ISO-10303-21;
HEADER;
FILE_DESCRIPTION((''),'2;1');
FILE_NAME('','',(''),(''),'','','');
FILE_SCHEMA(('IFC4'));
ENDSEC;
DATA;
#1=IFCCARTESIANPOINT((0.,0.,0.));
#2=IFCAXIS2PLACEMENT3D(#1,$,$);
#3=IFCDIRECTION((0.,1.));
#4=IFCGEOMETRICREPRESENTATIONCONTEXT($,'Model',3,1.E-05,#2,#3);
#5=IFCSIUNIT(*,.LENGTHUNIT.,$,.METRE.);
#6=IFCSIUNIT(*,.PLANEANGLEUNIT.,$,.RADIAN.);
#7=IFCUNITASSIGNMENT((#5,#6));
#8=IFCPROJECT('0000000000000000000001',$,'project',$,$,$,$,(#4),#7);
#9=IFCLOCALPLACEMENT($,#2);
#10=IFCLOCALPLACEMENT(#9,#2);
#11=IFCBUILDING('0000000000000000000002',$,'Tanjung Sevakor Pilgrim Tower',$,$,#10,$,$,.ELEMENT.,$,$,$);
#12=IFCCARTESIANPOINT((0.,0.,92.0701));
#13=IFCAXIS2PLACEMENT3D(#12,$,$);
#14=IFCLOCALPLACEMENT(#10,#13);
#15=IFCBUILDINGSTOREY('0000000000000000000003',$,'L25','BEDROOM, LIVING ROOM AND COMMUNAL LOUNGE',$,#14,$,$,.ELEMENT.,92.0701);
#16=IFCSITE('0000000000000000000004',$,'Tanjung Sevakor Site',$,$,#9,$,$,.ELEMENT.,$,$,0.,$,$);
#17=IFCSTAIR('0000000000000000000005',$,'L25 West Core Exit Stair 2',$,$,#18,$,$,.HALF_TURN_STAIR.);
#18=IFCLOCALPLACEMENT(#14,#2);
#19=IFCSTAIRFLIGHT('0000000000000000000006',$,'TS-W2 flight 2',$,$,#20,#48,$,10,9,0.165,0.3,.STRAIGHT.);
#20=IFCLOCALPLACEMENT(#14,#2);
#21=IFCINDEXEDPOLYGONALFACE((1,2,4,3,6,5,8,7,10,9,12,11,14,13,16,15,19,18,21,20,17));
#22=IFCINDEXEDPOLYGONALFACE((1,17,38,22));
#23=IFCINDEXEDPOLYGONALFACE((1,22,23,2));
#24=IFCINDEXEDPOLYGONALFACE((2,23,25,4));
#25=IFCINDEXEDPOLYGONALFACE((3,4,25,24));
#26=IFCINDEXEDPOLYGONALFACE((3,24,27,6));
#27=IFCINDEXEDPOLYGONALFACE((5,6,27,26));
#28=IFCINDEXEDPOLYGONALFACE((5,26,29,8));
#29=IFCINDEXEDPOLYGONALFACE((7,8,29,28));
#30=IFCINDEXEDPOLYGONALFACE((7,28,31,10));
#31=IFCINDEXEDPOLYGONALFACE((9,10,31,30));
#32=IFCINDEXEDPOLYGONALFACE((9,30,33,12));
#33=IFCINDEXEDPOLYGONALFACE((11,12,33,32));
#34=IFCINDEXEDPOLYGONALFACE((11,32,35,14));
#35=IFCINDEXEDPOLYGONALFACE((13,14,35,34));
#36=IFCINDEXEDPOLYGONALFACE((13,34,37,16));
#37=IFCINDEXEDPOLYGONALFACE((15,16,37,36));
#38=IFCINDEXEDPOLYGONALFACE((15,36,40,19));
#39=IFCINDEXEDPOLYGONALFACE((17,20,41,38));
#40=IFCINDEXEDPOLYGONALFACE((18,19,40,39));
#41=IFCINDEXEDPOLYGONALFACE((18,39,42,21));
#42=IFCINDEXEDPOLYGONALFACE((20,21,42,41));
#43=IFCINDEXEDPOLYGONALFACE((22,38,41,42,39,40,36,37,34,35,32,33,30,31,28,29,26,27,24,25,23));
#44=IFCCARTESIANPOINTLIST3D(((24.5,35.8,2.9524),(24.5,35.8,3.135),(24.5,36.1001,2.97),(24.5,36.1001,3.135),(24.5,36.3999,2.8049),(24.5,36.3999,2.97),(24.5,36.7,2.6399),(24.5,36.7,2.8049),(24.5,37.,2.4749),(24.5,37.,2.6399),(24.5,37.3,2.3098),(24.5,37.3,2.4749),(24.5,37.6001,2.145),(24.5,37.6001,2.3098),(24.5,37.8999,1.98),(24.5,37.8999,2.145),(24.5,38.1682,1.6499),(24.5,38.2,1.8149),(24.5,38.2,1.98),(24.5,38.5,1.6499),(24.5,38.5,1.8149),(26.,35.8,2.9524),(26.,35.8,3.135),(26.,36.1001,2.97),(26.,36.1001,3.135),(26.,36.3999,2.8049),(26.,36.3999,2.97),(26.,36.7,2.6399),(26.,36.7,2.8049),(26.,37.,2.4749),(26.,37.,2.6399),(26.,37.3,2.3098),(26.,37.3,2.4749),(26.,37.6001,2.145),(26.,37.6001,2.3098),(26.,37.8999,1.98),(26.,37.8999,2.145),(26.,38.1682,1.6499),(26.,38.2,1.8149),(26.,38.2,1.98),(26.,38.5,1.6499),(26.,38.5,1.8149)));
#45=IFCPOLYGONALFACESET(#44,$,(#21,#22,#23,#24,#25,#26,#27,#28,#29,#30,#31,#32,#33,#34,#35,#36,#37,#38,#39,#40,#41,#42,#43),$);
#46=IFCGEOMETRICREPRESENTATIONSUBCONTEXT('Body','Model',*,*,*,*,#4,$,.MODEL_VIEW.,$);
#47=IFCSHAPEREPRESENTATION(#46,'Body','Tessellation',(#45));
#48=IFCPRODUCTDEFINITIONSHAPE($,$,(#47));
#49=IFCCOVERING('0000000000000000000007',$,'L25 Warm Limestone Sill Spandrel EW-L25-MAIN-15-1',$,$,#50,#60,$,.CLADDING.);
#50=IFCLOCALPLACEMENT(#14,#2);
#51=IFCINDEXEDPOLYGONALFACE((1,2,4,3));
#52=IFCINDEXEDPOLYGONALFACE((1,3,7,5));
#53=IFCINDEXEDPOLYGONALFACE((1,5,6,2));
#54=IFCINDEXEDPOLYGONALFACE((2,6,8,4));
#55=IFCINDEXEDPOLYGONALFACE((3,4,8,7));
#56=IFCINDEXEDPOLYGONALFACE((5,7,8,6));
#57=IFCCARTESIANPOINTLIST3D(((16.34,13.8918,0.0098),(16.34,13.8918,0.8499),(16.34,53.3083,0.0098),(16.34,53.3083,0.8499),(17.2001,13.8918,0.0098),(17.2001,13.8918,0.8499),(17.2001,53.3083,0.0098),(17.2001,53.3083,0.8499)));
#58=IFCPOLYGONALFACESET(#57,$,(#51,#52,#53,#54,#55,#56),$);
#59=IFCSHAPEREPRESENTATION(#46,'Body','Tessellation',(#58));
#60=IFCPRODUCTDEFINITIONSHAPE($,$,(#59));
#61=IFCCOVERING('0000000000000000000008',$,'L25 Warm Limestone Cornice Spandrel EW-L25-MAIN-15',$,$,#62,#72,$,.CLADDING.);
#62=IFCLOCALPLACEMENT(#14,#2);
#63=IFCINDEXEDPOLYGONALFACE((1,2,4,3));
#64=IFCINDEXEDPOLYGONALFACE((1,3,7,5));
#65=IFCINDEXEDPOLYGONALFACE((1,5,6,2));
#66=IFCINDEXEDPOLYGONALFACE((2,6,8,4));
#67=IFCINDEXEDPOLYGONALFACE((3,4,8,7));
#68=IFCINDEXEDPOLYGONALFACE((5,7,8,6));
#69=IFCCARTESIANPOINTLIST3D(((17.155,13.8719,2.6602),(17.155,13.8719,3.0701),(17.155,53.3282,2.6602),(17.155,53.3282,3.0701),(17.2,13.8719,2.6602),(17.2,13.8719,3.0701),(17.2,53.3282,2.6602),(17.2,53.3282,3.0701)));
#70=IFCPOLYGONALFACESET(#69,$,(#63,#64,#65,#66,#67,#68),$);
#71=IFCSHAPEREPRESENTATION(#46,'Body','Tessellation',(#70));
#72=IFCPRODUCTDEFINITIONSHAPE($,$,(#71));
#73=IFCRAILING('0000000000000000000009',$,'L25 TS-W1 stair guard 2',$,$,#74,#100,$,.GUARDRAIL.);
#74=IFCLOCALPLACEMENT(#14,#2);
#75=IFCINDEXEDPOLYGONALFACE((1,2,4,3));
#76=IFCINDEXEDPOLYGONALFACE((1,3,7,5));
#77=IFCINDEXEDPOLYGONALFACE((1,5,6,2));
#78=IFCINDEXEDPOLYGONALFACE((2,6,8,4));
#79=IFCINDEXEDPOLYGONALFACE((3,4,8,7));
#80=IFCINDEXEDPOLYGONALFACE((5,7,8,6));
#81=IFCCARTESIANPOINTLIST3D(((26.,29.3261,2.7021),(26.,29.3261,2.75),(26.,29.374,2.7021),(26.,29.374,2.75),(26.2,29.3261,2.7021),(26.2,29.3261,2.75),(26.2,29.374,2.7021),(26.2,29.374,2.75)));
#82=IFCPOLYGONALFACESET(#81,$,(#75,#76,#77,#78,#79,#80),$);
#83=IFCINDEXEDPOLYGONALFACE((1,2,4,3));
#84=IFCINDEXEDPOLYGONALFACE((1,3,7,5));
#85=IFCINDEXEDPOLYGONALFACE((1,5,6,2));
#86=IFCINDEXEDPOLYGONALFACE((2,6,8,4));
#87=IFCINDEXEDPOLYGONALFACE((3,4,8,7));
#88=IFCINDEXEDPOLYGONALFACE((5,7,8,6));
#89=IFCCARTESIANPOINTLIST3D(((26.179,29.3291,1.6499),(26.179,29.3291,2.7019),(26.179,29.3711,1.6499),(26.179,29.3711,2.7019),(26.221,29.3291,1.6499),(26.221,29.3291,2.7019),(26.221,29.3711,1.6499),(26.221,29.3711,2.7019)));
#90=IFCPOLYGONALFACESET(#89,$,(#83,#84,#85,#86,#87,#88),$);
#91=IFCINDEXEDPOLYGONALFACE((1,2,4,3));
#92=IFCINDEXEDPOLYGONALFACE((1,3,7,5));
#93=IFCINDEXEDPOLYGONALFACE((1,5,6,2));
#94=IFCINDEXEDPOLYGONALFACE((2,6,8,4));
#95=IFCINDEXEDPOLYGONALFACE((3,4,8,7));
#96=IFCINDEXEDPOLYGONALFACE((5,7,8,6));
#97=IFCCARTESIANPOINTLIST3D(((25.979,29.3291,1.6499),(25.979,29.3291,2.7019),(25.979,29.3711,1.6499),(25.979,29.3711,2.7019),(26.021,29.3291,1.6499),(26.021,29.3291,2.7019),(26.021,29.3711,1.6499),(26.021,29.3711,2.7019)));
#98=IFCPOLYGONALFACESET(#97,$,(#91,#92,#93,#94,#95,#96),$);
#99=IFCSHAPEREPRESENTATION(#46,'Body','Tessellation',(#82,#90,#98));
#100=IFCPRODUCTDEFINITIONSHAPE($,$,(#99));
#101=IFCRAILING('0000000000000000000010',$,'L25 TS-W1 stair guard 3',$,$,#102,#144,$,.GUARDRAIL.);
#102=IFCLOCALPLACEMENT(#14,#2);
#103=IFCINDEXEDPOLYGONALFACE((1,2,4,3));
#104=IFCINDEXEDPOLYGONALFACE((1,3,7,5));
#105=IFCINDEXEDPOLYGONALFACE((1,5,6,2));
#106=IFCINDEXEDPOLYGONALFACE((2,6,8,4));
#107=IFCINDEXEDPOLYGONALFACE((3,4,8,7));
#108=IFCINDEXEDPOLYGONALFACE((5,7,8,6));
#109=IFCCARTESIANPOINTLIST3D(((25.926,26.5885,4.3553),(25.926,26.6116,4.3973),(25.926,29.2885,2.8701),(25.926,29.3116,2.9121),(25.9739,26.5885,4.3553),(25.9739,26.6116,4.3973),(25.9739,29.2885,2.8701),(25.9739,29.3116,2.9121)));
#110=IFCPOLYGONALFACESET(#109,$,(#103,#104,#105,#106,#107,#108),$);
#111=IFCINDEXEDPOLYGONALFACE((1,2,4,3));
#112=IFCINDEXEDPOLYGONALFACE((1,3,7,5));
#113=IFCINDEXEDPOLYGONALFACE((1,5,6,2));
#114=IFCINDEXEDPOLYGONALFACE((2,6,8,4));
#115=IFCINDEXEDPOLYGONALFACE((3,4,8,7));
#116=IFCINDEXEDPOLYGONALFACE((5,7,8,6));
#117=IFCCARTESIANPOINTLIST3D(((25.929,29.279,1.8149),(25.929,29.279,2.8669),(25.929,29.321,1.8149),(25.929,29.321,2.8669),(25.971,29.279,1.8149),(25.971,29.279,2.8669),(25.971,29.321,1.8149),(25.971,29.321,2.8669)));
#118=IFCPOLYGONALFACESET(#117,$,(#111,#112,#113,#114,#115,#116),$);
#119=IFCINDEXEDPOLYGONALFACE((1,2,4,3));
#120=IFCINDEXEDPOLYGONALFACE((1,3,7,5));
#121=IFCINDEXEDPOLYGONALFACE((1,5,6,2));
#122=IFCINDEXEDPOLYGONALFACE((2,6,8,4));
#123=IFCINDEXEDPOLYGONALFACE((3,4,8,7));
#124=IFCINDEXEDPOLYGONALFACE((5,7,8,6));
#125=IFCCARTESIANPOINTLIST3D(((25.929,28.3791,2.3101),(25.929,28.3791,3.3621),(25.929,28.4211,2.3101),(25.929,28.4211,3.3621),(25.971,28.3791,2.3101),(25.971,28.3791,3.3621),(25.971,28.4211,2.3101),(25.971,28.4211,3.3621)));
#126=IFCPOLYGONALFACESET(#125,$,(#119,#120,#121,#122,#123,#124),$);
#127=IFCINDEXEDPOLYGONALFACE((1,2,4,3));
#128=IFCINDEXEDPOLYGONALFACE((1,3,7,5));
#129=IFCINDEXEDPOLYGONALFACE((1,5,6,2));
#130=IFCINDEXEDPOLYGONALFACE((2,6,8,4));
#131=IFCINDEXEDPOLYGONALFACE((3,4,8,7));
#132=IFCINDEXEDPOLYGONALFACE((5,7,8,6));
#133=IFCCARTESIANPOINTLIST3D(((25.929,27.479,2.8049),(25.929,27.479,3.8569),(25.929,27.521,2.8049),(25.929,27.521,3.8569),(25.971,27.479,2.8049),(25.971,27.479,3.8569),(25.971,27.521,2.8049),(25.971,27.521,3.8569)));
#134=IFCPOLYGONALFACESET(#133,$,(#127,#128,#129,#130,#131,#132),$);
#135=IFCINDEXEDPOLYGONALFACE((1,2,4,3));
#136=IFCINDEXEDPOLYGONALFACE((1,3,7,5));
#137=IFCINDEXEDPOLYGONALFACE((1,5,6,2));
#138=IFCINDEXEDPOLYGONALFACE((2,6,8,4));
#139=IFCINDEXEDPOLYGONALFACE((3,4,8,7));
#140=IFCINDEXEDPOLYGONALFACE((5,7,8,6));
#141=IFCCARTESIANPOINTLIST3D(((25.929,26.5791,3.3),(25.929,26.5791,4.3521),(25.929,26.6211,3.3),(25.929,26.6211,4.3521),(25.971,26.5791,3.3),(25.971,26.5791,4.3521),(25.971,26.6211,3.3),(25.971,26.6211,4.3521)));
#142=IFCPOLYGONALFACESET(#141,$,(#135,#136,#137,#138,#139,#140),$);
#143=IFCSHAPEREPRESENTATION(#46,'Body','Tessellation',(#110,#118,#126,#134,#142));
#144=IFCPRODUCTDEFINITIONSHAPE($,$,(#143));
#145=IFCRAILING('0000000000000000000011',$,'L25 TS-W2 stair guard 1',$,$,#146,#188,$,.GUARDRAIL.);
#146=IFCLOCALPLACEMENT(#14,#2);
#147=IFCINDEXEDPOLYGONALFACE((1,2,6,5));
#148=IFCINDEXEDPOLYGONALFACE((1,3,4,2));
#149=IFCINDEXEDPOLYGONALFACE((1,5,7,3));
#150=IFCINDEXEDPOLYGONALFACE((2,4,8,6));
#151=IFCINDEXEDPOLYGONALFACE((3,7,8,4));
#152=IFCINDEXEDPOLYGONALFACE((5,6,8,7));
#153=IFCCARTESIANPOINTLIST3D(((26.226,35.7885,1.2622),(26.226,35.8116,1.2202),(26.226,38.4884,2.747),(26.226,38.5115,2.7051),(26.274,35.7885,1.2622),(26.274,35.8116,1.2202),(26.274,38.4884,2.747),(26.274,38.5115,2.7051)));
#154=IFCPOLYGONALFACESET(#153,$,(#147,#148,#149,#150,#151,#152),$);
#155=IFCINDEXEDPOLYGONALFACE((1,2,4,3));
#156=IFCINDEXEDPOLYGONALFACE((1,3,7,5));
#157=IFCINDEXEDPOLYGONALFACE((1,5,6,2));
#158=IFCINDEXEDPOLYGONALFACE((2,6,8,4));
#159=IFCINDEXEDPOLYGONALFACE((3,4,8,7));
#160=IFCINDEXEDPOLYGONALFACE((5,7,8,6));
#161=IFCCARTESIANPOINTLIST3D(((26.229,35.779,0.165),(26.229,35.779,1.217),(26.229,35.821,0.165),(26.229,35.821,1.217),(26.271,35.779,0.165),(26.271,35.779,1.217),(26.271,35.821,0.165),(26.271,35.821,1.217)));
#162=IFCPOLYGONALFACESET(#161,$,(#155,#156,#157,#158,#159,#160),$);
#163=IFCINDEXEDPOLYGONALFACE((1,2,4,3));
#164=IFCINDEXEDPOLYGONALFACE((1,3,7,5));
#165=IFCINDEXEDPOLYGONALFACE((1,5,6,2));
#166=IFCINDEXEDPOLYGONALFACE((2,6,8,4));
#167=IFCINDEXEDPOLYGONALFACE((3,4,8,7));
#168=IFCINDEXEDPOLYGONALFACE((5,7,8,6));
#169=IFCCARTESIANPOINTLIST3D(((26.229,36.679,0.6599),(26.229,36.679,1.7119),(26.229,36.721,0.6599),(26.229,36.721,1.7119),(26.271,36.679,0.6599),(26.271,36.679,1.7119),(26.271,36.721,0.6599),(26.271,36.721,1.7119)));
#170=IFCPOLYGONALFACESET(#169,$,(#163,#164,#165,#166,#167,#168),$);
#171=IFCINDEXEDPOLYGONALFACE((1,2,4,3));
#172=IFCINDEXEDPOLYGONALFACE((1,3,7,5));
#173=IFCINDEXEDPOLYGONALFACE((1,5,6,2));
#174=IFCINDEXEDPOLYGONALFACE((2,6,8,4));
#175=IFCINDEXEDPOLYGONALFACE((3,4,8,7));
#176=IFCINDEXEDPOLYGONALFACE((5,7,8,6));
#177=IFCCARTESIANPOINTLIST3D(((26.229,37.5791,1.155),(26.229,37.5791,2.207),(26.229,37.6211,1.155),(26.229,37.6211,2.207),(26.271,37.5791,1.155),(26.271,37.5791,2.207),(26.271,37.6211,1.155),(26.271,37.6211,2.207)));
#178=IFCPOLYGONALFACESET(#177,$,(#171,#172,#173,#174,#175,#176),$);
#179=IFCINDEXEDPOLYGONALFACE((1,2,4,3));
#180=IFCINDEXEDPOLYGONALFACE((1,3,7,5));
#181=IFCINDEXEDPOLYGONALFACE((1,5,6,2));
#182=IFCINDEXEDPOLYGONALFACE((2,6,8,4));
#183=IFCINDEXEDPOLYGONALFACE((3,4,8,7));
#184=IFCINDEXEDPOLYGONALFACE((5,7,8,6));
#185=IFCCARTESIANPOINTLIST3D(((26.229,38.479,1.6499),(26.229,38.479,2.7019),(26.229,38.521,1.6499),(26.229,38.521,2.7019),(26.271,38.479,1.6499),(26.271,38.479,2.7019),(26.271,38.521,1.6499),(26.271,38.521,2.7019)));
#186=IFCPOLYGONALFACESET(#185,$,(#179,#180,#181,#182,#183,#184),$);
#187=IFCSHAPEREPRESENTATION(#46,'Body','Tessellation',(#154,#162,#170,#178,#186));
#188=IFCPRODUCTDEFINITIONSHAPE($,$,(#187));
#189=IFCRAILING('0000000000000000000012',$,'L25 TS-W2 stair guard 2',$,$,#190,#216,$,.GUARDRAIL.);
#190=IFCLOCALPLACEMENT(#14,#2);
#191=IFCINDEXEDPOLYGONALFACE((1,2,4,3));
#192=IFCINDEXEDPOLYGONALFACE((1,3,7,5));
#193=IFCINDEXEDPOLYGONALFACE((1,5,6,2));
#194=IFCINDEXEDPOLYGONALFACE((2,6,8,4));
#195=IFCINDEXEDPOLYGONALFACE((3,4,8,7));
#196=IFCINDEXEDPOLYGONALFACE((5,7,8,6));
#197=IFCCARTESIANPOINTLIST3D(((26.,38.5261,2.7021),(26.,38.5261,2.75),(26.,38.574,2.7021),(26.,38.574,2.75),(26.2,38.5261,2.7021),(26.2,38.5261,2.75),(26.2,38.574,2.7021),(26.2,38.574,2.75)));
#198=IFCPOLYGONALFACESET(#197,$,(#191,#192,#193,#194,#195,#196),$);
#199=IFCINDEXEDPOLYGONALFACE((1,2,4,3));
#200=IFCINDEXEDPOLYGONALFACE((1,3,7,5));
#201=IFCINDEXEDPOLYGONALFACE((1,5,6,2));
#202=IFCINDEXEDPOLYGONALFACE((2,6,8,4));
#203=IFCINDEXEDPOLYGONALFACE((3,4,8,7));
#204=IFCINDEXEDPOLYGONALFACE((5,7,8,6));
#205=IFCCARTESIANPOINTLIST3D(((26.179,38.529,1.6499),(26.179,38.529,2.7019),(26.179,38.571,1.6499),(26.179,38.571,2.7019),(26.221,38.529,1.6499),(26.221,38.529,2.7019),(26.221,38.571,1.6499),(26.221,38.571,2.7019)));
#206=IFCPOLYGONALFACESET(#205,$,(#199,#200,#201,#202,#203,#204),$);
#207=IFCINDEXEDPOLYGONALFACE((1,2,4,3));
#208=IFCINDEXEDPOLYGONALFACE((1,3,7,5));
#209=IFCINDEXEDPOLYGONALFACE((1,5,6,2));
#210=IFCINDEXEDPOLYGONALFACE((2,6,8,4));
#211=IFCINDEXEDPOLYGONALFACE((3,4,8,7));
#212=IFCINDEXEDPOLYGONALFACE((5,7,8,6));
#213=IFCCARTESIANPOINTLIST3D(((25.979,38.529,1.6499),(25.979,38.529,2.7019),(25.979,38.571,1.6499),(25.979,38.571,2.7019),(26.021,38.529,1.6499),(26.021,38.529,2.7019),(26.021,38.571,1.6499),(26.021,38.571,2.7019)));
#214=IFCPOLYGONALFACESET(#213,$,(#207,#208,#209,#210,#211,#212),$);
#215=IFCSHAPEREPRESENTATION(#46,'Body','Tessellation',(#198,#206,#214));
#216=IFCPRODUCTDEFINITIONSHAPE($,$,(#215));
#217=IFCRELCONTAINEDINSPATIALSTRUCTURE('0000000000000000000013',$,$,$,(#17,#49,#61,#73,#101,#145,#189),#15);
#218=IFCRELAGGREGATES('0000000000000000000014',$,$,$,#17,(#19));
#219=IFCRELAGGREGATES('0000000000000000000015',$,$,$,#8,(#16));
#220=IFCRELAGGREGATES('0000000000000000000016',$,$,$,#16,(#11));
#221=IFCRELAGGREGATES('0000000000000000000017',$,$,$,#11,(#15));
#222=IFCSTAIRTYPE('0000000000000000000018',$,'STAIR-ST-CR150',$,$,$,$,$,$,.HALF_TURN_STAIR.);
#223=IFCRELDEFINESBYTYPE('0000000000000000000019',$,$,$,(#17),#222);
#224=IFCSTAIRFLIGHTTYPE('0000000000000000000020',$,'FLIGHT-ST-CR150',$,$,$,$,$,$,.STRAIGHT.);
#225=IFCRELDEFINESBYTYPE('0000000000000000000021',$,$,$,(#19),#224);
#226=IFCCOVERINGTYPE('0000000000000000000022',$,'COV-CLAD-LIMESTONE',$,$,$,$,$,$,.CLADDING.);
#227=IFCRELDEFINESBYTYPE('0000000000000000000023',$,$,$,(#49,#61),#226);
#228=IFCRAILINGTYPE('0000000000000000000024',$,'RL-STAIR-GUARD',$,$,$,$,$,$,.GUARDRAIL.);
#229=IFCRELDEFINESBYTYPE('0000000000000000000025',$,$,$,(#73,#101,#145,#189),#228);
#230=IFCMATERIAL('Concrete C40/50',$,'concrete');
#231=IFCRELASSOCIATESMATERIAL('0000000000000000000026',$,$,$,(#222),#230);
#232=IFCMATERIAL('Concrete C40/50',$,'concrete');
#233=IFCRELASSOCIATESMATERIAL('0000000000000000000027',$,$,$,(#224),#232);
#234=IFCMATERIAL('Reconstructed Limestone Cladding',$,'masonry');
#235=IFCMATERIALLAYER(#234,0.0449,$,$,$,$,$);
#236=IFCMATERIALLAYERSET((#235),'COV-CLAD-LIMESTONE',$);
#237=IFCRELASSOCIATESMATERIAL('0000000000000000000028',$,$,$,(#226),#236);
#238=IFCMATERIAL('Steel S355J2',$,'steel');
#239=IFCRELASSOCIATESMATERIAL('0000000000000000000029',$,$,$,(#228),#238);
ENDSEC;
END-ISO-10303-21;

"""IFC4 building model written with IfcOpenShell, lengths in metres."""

from ifc_helpers import new_model, si_unit, direction, frame, origin, origin_2d, place, context, subcontext, project, spatial, polyline, rectangle, outline, extrude, material, layer, layer_set, type_object, element, aggregate, save


model = new_model("IFC4")

# Units and contexts
model_context = context("Model", 3, precision=1e-05, world=origin(), true_north=direction((0.0, 1.0)))
body_context = subcontext(model_context, "Body", "Model", "MODEL_VIEW")
ifc_project = project(units=[si_unit("LENGTHUNIT", "METRE"), si_unit("PLANEANGLEUNIT", "RADIAN")], contexts=[model_context])

# Site, building, storey
site_placement = place(None, origin())
site = spatial("IfcSite", under=ifc_project, at=site_placement, Name="Tanjung Sevakor Site", CompositionType="ELEMENT", RefElevation=0.0)
building_placement = place(site_placement, origin())
building = spatial("IfcBuilding", under=site, at=building_placement, Name="Tanjung Sevakor Pilgrim Tower", CompositionType="ELEMENT")
storey_placement = place(building_placement, frame((0.0, 0.0, 92.0701)))
storey = spatial("IfcBuildingStorey", under=building, at=storey_placement, Name="L25", Description="BEDROOM, LIVING ROOM AND COMMUNAL LOUNGE", CompositionType="ELEMENT", Elevation=92.0701)

# Shared definitions
ifc_material_1 = material(Name="Concrete C40/50", Category="concrete")
stair_type = type_object("IfcStairType", Name="STAIR-ST-CR150", PredefinedType="HALF_TURN_STAIR", material=ifc_material_1)
ifc_material_2 = material(Name="Concrete C40/50", Category="concrete")
stair_flight_type = type_object("IfcStairFlightType", Name="FLIGHT-ST-CR150", PredefinedType="STRAIGHT", material=ifc_material_2)

# Stair, stair flight
stair_1_placement = place(storey_placement, origin())
stair_1 = element("IfcStair", 1, at=stair_1_placement, inside=storey, type_object=stair_type, Name="L25 West Core Exit Stair 2", PredefinedType="HALF_TURN_STAIR")
stair_flight_1_placement = place(storey_placement, frame((25.25, 38.5, 1.6499), z_axis=(0.0, 0.0, 1.0), x_axis=(0.0, -1.0, 0.0)))
stair_flight_1 = element("IfcStairFlight", 2, at=stair_flight_1_placement, type_object=stair_flight_type, Name="TS-W2 flight 2", NumberOfRisers=10, NumberOfTreads=9, PredefinedType="STRAIGHT", RiserHeight=0.165, TreadLength=0.3, context=body_context, shape_type="SweptSolid", body=[
    extrude(outline(polyline([(0.0, 0.0), (0.0, 0.165), (0.3, 0.165), (0.3, 0.3301), (0.6001, 0.3301), (0.6001, 0.4951), (0.8999, 0.4951), (0.8999, 0.6599), (1.2, 0.6599), (1.2, 0.825), (1.5, 0.825), (1.5, 0.99), (1.8, 0.99), (1.8, 1.155), (2.1001, 1.155), (2.1001, 1.3201), (2.3999, 1.3201), (2.3999, 1.4851), (2.7, 1.4851), (2.7, 1.6499), (2.7, 1.3025), (0.3318, 0.0), (0.0, 0.0)])), frame((0.0, 0.75, 0.0), z_axis=(0.0, -1.0, 0.0), x_axis=(1.0, 0.0, 0.0)), (0.0, 0.0, 1.0), 1.5),
])
aggregate(stair_1, [stair_flight_1])

# Coverings
ifc_material_3 = material(Name="Reconstructed Limestone Cladding", Category="masonry")
ifc_layer_1 = layer(ifc_material_3, 0.0449)
ifc_layer_set_1 = layer_set([ifc_layer_1], Name="COV-CLAD-LIMESTONE")
covering_type = type_object("IfcCoveringType", Name="COV-CLAD-LIMESTONE", PredefinedType="CLADDING", material=ifc_layer_set_1)
covering_1_placement = place(storey_placement, frame((16.77, 33.6001, 0.0098), z_axis=(0.0, 0.0, 1.0), x_axis=(0.0, -1.0, 0.0)))
element("IfcCovering", 3, at=covering_1_placement, inside=storey, type_object=covering_type, Name="L25 Warm Limestone Sill Spandrel EW-L25-MAIN-15-1", PredefinedType="CLADDING", context=body_context, shape_type="SweptSolid", body=[
    extrude(rectangle(XDim=39.4165, YDim=0.8601, at=origin_2d()), origin(), (0.0, 0.0, 1.0), 0.8401),
])
covering_2_placement = place(storey_placement, frame((17.1775, 33.6001, 2.6602), z_axis=(0.0, 0.0, 1.0), x_axis=(0.0, -1.0, 0.0)))
element("IfcCovering", 4, at=covering_2_placement, inside=storey, type_object=covering_type, Name="L25 Warm Limestone Cornice Spandrel EW-L25-MAIN-15", PredefinedType="CLADDING", context=body_context, shape_type="SweptSolid", body=[
    extrude(rectangle(XDim=39.4563, YDim=0.0449, at=origin_2d()), origin(), (0.0, 0.0, 1.0), 0.4099),
])

# Railings
ifc_material_4 = material(Name="Steel S355J2", Category="steel")
railing_type_1 = type_object("IfcRailingType", Name="RL-STAIR-GUARD", PredefinedType="GUARDRAIL", material=ifc_material_4)
railing_1_placement = place(storey_placement, frame((26.2, 29.3501, 1.6499)))
element("IfcRailing", 5, at=railing_1_placement, inside=storey, type_object=railing_type_1, Name="L25 TS-W1 stair guard 2", PredefinedType="GUARDRAIL", context=body_context, shape_type="SweptSolid", body=[
    extrude(rectangle(XDim=0.0479, YDim=0.0479), frame((0.0, 0.0, 1.0762), z_axis=(-1.0, 0.0, 0.0), x_axis=(0.0, -1.0, 0.0)), (0.0, 0.0, 1.0), 0.2),
    extrude(rectangle(XDim=0.042, YDim=0.042), origin(), (0.0, 0.0, 1.0), 1.052),
    extrude(rectangle(XDim=0.042, YDim=0.042), frame((-0.2, 0.0, 0.0)), (0.0, 0.0, 1.0), 1.052),
])
railing_2_placement = place(storey_placement, frame((25.95, 29.3, 1.8149)))
element("IfcRailing", 6, at=railing_2_placement, inside=storey, type_object=railing_type_1, Name="L25 TS-W1 stair guard 3", PredefinedType="GUARDRAIL", context=body_context, shape_type="SweptSolid", body=[
    extrude(rectangle(XDim=0.0479, YDim=0.0479), frame((0.0, 0.0, 1.0762), z_axis=(0.0, -0.876198, 0.481952), x_axis=(1.0, 0.0, 0.0)), (0.0, 0.0, 1.0), 3.0815),
    extrude(rectangle(XDim=0.042, YDim=0.042), origin(), (0.0, 0.0, 1.0), 1.052),
    extrude(rectangle(XDim=0.042, YDim=0.042), frame((0.0, -0.8999, 0.4951)), (0.0, 0.0, 1.0), 1.052),
    extrude(rectangle(XDim=0.042, YDim=0.042), frame((0.0, -1.8, 0.99)), (0.0, 0.0, 1.0), 1.052),
    extrude(rectangle(XDim=0.042, YDim=0.042), frame((0.0, -2.7, 1.4851)), (0.0, 0.0, 1.0), 1.052),
])
railing_3_placement = place(storey_placement, frame((26.25, 35.8, 0.165)))
element("IfcRailing", 7, at=railing_3_placement, inside=storey, type_object=railing_type_1, Name="L25 TS-W2 stair guard 1", PredefinedType="GUARDRAIL", context=body_context, shape_type="SweptSolid", body=[
    extrude(rectangle(XDim=0.0479, YDim=0.0479), frame((0.0, 0.0, 1.0762), z_axis=(0.0, 0.876231, 0.481891), x_axis=(-1.0, 0.0, 0.0)), (0.0, 0.0, 1.0), 3.0813),
    extrude(rectangle(XDim=0.042, YDim=0.042), origin(), (0.0, 0.0, 1.0), 1.052),
    extrude(rectangle(XDim=0.042, YDim=0.042), frame((0.0, 0.8999, 0.4949)), (0.0, 0.0, 1.0), 1.052),
    extrude(rectangle(XDim=0.042, YDim=0.042), frame((0.0, 1.8, 0.99)), (0.0, 0.0, 1.0), 1.052),
    extrude(rectangle(XDim=0.042, YDim=0.042), frame((0.0, 2.7, 1.4849)), (0.0, 0.0, 1.0), 1.052),
])
railing_4_placement = place(storey_placement, frame((26.2, 38.55, 1.6499)))
element("IfcRailing", 8, at=railing_4_placement, inside=storey, type_object=railing_type_1, Name="L25 TS-W2 stair guard 2", PredefinedType="GUARDRAIL", context=body_context, shape_type="SweptSolid", body=[
    extrude(rectangle(XDim=0.0479, YDim=0.0479), frame((0.0, 0.0, 1.0762), z_axis=(-1.0, 0.0, 0.0), x_axis=(0.0, -1.0, 0.0)), (0.0, 0.0, 1.0), 0.2),
    extrude(rectangle(XDim=0.042, YDim=0.042), origin(), (0.0, 0.0, 1.0), 1.052),
    extrude(rectangle(XDim=0.042, YDim=0.042), frame((-0.2, 0.0, 0.0)), (0.0, 0.0, 1.0), 1.052),
])

save(model, "model.ifc")
